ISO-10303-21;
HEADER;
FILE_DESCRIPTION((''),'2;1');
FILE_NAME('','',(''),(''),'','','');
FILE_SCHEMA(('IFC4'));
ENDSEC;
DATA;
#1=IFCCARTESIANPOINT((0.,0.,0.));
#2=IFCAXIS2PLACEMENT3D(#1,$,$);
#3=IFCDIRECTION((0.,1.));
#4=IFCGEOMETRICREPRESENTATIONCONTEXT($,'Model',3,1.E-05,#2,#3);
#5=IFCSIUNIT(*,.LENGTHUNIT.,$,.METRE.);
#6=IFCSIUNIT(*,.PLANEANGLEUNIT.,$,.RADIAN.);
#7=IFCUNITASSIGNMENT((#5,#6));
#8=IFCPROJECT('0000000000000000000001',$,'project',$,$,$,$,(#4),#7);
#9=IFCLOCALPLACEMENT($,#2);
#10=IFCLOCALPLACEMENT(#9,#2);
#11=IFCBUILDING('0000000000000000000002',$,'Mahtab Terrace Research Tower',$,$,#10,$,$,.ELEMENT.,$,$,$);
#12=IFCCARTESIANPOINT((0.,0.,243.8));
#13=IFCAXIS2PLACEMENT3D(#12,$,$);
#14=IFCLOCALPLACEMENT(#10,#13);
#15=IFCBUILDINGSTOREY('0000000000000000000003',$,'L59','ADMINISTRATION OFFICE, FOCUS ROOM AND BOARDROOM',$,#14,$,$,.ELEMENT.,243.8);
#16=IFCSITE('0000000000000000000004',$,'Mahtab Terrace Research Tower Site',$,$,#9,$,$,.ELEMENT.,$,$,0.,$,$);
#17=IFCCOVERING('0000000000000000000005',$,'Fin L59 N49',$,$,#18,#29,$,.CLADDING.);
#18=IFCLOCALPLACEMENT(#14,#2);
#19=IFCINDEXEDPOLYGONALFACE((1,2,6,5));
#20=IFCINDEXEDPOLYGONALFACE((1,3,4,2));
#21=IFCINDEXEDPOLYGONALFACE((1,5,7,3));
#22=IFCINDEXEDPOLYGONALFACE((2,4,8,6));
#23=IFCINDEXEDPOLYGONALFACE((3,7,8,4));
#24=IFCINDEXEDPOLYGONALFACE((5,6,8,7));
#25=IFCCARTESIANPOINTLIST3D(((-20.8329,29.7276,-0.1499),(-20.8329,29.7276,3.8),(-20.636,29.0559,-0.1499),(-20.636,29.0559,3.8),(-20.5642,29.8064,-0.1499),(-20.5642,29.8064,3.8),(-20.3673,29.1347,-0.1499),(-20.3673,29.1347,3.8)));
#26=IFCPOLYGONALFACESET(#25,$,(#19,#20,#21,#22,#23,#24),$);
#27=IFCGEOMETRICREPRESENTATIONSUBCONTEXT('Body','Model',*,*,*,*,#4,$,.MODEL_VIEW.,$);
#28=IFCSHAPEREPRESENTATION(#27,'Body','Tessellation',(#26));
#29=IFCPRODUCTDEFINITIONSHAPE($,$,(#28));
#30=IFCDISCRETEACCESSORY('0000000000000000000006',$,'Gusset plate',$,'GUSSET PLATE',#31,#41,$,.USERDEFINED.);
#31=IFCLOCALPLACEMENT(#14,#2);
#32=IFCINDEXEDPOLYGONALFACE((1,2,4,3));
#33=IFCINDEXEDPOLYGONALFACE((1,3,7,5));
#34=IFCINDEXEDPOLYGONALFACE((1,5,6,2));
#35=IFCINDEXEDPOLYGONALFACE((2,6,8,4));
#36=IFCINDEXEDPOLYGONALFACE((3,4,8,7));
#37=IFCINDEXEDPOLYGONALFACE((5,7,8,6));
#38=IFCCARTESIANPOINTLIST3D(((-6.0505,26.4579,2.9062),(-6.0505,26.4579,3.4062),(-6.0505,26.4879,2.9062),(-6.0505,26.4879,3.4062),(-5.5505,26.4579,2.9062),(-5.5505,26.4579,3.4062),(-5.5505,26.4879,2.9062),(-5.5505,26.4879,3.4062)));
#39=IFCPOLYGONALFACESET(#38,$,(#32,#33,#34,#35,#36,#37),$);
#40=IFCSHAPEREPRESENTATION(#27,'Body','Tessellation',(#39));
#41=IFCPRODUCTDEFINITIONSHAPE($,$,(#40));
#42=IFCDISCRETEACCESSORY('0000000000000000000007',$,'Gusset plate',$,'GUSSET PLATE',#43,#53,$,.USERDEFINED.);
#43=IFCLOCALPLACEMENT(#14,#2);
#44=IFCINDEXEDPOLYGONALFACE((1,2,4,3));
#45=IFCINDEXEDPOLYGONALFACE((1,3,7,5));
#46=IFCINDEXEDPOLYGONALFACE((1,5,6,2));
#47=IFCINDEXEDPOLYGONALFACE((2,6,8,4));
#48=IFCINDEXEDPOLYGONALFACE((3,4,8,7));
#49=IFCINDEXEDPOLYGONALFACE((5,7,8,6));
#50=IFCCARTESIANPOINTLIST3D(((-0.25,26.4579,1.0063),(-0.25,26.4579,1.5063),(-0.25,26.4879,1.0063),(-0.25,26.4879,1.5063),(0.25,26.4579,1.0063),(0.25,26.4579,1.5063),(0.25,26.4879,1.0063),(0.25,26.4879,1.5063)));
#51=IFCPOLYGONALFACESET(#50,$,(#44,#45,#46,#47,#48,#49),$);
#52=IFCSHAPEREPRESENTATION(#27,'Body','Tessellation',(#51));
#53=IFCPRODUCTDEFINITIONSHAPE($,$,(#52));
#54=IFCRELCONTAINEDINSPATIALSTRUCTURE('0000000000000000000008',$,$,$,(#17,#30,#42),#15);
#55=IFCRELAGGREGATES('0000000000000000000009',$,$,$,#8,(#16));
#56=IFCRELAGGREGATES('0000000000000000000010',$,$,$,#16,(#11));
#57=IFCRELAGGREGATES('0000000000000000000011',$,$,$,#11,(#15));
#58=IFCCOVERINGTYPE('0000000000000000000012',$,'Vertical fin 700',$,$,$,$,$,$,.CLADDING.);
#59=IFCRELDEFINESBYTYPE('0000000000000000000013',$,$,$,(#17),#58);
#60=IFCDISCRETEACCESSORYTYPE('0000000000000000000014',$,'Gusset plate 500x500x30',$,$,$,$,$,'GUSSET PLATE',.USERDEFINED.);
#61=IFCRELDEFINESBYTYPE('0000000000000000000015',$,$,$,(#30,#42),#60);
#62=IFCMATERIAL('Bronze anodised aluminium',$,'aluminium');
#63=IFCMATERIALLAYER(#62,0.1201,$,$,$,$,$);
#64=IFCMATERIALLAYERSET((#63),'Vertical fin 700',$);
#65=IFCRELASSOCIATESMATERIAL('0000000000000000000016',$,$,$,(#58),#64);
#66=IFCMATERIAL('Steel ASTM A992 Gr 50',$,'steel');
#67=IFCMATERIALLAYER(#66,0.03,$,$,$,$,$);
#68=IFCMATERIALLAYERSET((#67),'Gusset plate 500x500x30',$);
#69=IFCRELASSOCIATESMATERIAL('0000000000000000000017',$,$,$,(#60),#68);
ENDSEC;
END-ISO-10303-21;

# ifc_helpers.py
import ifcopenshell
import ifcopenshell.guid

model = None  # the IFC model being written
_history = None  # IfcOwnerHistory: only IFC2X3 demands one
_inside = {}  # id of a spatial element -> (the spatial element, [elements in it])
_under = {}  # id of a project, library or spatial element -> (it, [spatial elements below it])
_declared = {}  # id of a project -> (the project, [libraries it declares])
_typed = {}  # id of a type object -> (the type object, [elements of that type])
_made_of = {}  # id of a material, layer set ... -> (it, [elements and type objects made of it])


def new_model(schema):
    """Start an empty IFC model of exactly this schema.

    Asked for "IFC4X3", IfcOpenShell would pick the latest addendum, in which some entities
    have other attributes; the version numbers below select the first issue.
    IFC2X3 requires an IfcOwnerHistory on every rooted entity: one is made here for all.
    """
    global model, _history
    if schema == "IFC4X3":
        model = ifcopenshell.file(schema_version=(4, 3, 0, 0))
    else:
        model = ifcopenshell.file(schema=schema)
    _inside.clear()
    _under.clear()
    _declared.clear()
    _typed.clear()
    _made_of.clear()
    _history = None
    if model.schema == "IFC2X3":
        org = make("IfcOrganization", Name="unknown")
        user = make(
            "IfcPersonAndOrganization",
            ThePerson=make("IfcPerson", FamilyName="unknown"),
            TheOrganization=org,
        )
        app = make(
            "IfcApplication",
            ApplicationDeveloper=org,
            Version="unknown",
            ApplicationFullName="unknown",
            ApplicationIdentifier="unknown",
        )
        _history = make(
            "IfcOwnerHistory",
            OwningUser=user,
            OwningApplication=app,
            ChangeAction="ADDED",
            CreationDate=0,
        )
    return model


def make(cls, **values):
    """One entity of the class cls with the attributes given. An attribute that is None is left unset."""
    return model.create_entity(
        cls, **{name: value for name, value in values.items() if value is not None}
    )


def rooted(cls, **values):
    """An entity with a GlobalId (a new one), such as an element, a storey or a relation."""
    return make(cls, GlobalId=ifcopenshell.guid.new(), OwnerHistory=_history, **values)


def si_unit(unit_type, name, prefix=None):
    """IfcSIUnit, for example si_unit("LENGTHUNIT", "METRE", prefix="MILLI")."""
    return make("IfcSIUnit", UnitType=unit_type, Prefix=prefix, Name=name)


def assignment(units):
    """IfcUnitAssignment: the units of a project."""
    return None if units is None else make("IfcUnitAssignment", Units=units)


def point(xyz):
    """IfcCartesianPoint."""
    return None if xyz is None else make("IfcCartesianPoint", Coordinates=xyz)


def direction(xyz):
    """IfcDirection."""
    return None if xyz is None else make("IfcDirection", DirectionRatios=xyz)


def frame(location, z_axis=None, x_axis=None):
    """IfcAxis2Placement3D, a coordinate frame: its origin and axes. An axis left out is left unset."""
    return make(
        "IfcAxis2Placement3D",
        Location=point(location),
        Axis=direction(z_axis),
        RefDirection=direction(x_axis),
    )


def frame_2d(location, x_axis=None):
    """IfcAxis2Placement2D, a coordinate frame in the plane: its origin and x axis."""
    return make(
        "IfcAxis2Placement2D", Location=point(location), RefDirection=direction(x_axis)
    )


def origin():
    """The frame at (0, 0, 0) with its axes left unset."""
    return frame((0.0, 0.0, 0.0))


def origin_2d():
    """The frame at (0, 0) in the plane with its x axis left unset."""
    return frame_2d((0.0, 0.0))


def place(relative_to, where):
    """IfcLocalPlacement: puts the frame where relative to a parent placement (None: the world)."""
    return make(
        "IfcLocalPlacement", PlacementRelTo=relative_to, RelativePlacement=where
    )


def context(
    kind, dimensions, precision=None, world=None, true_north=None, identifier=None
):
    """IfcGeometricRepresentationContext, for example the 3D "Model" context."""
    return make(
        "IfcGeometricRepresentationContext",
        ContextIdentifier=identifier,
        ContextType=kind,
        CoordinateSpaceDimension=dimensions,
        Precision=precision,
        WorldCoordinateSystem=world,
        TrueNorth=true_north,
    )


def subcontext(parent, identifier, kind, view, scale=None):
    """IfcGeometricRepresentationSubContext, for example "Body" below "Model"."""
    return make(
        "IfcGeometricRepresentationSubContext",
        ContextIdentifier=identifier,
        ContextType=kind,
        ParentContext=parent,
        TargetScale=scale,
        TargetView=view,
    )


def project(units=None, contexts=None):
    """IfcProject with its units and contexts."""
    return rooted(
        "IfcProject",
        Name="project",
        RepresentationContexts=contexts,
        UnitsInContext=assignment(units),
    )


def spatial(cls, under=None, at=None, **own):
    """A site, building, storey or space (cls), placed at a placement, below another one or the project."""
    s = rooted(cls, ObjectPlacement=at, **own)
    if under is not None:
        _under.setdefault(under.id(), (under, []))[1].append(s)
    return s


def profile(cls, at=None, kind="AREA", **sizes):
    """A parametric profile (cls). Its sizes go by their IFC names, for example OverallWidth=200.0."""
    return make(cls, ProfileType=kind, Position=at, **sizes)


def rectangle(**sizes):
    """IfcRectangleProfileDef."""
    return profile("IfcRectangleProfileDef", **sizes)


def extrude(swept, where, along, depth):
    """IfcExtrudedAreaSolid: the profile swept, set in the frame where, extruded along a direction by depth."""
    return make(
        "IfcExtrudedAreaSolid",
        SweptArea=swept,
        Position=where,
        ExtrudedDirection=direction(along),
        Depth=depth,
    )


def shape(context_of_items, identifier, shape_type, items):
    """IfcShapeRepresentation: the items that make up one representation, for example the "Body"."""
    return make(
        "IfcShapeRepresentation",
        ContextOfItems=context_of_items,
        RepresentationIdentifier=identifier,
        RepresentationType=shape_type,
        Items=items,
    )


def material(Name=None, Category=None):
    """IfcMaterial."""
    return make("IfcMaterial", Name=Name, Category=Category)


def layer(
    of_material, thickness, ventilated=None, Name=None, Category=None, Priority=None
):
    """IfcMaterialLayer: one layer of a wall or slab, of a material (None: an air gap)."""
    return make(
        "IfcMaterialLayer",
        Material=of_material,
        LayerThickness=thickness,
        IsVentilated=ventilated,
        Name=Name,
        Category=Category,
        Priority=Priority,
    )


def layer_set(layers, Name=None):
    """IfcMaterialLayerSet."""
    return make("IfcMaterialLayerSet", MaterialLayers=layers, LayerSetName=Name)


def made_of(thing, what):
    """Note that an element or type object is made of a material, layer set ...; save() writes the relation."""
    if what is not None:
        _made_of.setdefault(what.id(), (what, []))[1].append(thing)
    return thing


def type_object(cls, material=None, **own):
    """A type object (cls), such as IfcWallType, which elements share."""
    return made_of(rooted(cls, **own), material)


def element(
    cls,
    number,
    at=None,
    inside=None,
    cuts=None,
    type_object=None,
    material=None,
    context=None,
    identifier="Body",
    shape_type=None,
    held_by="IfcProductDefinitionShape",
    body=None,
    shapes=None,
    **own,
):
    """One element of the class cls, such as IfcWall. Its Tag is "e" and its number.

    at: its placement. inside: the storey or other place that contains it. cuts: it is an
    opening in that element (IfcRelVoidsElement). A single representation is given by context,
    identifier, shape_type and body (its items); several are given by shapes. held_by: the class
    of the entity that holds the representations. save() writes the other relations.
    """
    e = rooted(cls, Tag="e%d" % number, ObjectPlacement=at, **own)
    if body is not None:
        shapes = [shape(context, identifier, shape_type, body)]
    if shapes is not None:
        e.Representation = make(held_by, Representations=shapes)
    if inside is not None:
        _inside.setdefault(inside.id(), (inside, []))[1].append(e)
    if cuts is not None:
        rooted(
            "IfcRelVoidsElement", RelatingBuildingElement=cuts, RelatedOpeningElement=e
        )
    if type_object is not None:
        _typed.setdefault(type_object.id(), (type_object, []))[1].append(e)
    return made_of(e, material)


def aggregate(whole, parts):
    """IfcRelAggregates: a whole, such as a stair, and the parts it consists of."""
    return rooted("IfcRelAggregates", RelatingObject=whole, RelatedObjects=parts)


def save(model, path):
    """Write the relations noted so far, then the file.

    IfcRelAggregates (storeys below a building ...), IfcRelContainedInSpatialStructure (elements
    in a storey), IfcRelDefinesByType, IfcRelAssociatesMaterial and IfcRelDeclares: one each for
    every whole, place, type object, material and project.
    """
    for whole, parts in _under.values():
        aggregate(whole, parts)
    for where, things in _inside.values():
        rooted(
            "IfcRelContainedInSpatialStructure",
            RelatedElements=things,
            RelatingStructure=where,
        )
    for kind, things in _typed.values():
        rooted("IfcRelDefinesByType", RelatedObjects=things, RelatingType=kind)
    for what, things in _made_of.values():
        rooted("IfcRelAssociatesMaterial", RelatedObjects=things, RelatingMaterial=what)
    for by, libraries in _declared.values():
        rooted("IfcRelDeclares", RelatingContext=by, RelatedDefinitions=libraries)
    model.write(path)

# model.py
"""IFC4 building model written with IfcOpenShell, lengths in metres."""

from ifc_helpers import new_model, si_unit, direction, frame, origin, origin_2d, place, context, subcontext, project, spatial, rectangle, extrude, material, layer, layer_set, type_object, element, save


model = new_model("IFC4")

# Units and contexts
model_context = context("Model", 3, precision=1e-05, world=origin(), true_north=direction((0.0, 1.0)))
body_context = subcontext(model_context, "Body", "Model", "MODEL_VIEW")
ifc_project = project(units=[si_unit("LENGTHUNIT", "METRE"), si_unit("PLANEANGLEUNIT", "RADIAN")], contexts=[model_context])

# Site, building, storey
site_placement = place(None, origin())
site = spatial("IfcSite", under=ifc_project, at=site_placement, Name="Mahtab Terrace Research Tower Site", CompositionType="ELEMENT", RefElevation=0.0)
building_placement = place(site_placement, origin())
building = spatial("IfcBuilding", under=site, at=building_placement, Name="Mahtab Terrace Research Tower", CompositionType="ELEMENT")
storey_placement = place(building_placement, frame((0.0, 0.0, 243.8)))
storey = spatial("IfcBuildingStorey", under=building, at=storey_placement, Name="L59", Description="ADMINISTRATION OFFICE, FOCUS ROOM AND BOARDROOM", CompositionType="ELEMENT", Elevation=243.8)

# Shared definitions
ifc_material_1 = material(Name="Steel ASTM A992 Gr 50", Category="steel")

# Covering
ifc_material_2 = material(Name="Bronze anodised aluminium", Category="aluminium")
ifc_layer_1 = layer(ifc_material_2, 0.1201)
ifc_layer_set_1 = layer_set([ifc_layer_1], Name="Vertical fin 700")
covering_type = type_object("IfcCoveringType", Name="Vertical fin 700", PredefinedType="CLADDING", material=ifc_layer_set_1)
for number, where, z_axis, x_axis, name in (
    (1, (-20.6001, 29.4312, -0.1499), (0.0, 0.0, 1.0), (-0.959642, -0.281225, 0.0), "Fin L59 N49"),
):
    element("IfcCovering", number, at=place(storey_placement, frame(where, z_axis=z_axis, x_axis=x_axis)), inside=storey, type_object=covering_type, Name=name, PredefinedType="CLADDING", context=body_context, shape_type="SweptSolid", body=[
        extrude(rectangle(XDim=0.28, YDim=0.7, at=origin_2d()), origin(), (0.0, 0.0, 1.0), 3.95),
    ])

# Discrete accessories
ifc_layer_2 = layer(ifc_material_1, 0.03)
ifc_layer_set_2 = layer_set([ifc_layer_2], Name="Gusset plate 500x500x30")
discrete_accessory_type = type_object("IfcDiscreteAccessoryType", Name="Gusset plate 500x500x30", ElementType="GUSSET PLATE", PredefinedType="USERDEFINED", material=ifc_layer_set_2)
for number, where, z_axis, x_axis, name in (
    (2, (-5.8005, 26.4729, 2.9062), (0.0, 0.0, 1.0), (1.0, 0.0, 0.0), "Gusset plate"),
    (3, (0.0, 26.4729, 1.0063), (0.0, 0.0, 1.0), (1.0, 0.0, 0.0), "Gusset plate"),
):
    element("IfcDiscreteAccessory", number, at=place(storey_placement, frame(where, z_axis=z_axis, x_axis=x_axis)), inside=storey, type_object=discrete_accessory_type, Name=name, ObjectType="GUSSET PLATE", PredefinedType="USERDEFINED", context=body_context, shape_type="SweptSolid", body=[
        extrude(rectangle(XDim=0.5, YDim=0.03, at=origin_2d()), origin(), (0.0, 0.0, 1.0), 0.5),
    ])

save(model, "model.ifc")
